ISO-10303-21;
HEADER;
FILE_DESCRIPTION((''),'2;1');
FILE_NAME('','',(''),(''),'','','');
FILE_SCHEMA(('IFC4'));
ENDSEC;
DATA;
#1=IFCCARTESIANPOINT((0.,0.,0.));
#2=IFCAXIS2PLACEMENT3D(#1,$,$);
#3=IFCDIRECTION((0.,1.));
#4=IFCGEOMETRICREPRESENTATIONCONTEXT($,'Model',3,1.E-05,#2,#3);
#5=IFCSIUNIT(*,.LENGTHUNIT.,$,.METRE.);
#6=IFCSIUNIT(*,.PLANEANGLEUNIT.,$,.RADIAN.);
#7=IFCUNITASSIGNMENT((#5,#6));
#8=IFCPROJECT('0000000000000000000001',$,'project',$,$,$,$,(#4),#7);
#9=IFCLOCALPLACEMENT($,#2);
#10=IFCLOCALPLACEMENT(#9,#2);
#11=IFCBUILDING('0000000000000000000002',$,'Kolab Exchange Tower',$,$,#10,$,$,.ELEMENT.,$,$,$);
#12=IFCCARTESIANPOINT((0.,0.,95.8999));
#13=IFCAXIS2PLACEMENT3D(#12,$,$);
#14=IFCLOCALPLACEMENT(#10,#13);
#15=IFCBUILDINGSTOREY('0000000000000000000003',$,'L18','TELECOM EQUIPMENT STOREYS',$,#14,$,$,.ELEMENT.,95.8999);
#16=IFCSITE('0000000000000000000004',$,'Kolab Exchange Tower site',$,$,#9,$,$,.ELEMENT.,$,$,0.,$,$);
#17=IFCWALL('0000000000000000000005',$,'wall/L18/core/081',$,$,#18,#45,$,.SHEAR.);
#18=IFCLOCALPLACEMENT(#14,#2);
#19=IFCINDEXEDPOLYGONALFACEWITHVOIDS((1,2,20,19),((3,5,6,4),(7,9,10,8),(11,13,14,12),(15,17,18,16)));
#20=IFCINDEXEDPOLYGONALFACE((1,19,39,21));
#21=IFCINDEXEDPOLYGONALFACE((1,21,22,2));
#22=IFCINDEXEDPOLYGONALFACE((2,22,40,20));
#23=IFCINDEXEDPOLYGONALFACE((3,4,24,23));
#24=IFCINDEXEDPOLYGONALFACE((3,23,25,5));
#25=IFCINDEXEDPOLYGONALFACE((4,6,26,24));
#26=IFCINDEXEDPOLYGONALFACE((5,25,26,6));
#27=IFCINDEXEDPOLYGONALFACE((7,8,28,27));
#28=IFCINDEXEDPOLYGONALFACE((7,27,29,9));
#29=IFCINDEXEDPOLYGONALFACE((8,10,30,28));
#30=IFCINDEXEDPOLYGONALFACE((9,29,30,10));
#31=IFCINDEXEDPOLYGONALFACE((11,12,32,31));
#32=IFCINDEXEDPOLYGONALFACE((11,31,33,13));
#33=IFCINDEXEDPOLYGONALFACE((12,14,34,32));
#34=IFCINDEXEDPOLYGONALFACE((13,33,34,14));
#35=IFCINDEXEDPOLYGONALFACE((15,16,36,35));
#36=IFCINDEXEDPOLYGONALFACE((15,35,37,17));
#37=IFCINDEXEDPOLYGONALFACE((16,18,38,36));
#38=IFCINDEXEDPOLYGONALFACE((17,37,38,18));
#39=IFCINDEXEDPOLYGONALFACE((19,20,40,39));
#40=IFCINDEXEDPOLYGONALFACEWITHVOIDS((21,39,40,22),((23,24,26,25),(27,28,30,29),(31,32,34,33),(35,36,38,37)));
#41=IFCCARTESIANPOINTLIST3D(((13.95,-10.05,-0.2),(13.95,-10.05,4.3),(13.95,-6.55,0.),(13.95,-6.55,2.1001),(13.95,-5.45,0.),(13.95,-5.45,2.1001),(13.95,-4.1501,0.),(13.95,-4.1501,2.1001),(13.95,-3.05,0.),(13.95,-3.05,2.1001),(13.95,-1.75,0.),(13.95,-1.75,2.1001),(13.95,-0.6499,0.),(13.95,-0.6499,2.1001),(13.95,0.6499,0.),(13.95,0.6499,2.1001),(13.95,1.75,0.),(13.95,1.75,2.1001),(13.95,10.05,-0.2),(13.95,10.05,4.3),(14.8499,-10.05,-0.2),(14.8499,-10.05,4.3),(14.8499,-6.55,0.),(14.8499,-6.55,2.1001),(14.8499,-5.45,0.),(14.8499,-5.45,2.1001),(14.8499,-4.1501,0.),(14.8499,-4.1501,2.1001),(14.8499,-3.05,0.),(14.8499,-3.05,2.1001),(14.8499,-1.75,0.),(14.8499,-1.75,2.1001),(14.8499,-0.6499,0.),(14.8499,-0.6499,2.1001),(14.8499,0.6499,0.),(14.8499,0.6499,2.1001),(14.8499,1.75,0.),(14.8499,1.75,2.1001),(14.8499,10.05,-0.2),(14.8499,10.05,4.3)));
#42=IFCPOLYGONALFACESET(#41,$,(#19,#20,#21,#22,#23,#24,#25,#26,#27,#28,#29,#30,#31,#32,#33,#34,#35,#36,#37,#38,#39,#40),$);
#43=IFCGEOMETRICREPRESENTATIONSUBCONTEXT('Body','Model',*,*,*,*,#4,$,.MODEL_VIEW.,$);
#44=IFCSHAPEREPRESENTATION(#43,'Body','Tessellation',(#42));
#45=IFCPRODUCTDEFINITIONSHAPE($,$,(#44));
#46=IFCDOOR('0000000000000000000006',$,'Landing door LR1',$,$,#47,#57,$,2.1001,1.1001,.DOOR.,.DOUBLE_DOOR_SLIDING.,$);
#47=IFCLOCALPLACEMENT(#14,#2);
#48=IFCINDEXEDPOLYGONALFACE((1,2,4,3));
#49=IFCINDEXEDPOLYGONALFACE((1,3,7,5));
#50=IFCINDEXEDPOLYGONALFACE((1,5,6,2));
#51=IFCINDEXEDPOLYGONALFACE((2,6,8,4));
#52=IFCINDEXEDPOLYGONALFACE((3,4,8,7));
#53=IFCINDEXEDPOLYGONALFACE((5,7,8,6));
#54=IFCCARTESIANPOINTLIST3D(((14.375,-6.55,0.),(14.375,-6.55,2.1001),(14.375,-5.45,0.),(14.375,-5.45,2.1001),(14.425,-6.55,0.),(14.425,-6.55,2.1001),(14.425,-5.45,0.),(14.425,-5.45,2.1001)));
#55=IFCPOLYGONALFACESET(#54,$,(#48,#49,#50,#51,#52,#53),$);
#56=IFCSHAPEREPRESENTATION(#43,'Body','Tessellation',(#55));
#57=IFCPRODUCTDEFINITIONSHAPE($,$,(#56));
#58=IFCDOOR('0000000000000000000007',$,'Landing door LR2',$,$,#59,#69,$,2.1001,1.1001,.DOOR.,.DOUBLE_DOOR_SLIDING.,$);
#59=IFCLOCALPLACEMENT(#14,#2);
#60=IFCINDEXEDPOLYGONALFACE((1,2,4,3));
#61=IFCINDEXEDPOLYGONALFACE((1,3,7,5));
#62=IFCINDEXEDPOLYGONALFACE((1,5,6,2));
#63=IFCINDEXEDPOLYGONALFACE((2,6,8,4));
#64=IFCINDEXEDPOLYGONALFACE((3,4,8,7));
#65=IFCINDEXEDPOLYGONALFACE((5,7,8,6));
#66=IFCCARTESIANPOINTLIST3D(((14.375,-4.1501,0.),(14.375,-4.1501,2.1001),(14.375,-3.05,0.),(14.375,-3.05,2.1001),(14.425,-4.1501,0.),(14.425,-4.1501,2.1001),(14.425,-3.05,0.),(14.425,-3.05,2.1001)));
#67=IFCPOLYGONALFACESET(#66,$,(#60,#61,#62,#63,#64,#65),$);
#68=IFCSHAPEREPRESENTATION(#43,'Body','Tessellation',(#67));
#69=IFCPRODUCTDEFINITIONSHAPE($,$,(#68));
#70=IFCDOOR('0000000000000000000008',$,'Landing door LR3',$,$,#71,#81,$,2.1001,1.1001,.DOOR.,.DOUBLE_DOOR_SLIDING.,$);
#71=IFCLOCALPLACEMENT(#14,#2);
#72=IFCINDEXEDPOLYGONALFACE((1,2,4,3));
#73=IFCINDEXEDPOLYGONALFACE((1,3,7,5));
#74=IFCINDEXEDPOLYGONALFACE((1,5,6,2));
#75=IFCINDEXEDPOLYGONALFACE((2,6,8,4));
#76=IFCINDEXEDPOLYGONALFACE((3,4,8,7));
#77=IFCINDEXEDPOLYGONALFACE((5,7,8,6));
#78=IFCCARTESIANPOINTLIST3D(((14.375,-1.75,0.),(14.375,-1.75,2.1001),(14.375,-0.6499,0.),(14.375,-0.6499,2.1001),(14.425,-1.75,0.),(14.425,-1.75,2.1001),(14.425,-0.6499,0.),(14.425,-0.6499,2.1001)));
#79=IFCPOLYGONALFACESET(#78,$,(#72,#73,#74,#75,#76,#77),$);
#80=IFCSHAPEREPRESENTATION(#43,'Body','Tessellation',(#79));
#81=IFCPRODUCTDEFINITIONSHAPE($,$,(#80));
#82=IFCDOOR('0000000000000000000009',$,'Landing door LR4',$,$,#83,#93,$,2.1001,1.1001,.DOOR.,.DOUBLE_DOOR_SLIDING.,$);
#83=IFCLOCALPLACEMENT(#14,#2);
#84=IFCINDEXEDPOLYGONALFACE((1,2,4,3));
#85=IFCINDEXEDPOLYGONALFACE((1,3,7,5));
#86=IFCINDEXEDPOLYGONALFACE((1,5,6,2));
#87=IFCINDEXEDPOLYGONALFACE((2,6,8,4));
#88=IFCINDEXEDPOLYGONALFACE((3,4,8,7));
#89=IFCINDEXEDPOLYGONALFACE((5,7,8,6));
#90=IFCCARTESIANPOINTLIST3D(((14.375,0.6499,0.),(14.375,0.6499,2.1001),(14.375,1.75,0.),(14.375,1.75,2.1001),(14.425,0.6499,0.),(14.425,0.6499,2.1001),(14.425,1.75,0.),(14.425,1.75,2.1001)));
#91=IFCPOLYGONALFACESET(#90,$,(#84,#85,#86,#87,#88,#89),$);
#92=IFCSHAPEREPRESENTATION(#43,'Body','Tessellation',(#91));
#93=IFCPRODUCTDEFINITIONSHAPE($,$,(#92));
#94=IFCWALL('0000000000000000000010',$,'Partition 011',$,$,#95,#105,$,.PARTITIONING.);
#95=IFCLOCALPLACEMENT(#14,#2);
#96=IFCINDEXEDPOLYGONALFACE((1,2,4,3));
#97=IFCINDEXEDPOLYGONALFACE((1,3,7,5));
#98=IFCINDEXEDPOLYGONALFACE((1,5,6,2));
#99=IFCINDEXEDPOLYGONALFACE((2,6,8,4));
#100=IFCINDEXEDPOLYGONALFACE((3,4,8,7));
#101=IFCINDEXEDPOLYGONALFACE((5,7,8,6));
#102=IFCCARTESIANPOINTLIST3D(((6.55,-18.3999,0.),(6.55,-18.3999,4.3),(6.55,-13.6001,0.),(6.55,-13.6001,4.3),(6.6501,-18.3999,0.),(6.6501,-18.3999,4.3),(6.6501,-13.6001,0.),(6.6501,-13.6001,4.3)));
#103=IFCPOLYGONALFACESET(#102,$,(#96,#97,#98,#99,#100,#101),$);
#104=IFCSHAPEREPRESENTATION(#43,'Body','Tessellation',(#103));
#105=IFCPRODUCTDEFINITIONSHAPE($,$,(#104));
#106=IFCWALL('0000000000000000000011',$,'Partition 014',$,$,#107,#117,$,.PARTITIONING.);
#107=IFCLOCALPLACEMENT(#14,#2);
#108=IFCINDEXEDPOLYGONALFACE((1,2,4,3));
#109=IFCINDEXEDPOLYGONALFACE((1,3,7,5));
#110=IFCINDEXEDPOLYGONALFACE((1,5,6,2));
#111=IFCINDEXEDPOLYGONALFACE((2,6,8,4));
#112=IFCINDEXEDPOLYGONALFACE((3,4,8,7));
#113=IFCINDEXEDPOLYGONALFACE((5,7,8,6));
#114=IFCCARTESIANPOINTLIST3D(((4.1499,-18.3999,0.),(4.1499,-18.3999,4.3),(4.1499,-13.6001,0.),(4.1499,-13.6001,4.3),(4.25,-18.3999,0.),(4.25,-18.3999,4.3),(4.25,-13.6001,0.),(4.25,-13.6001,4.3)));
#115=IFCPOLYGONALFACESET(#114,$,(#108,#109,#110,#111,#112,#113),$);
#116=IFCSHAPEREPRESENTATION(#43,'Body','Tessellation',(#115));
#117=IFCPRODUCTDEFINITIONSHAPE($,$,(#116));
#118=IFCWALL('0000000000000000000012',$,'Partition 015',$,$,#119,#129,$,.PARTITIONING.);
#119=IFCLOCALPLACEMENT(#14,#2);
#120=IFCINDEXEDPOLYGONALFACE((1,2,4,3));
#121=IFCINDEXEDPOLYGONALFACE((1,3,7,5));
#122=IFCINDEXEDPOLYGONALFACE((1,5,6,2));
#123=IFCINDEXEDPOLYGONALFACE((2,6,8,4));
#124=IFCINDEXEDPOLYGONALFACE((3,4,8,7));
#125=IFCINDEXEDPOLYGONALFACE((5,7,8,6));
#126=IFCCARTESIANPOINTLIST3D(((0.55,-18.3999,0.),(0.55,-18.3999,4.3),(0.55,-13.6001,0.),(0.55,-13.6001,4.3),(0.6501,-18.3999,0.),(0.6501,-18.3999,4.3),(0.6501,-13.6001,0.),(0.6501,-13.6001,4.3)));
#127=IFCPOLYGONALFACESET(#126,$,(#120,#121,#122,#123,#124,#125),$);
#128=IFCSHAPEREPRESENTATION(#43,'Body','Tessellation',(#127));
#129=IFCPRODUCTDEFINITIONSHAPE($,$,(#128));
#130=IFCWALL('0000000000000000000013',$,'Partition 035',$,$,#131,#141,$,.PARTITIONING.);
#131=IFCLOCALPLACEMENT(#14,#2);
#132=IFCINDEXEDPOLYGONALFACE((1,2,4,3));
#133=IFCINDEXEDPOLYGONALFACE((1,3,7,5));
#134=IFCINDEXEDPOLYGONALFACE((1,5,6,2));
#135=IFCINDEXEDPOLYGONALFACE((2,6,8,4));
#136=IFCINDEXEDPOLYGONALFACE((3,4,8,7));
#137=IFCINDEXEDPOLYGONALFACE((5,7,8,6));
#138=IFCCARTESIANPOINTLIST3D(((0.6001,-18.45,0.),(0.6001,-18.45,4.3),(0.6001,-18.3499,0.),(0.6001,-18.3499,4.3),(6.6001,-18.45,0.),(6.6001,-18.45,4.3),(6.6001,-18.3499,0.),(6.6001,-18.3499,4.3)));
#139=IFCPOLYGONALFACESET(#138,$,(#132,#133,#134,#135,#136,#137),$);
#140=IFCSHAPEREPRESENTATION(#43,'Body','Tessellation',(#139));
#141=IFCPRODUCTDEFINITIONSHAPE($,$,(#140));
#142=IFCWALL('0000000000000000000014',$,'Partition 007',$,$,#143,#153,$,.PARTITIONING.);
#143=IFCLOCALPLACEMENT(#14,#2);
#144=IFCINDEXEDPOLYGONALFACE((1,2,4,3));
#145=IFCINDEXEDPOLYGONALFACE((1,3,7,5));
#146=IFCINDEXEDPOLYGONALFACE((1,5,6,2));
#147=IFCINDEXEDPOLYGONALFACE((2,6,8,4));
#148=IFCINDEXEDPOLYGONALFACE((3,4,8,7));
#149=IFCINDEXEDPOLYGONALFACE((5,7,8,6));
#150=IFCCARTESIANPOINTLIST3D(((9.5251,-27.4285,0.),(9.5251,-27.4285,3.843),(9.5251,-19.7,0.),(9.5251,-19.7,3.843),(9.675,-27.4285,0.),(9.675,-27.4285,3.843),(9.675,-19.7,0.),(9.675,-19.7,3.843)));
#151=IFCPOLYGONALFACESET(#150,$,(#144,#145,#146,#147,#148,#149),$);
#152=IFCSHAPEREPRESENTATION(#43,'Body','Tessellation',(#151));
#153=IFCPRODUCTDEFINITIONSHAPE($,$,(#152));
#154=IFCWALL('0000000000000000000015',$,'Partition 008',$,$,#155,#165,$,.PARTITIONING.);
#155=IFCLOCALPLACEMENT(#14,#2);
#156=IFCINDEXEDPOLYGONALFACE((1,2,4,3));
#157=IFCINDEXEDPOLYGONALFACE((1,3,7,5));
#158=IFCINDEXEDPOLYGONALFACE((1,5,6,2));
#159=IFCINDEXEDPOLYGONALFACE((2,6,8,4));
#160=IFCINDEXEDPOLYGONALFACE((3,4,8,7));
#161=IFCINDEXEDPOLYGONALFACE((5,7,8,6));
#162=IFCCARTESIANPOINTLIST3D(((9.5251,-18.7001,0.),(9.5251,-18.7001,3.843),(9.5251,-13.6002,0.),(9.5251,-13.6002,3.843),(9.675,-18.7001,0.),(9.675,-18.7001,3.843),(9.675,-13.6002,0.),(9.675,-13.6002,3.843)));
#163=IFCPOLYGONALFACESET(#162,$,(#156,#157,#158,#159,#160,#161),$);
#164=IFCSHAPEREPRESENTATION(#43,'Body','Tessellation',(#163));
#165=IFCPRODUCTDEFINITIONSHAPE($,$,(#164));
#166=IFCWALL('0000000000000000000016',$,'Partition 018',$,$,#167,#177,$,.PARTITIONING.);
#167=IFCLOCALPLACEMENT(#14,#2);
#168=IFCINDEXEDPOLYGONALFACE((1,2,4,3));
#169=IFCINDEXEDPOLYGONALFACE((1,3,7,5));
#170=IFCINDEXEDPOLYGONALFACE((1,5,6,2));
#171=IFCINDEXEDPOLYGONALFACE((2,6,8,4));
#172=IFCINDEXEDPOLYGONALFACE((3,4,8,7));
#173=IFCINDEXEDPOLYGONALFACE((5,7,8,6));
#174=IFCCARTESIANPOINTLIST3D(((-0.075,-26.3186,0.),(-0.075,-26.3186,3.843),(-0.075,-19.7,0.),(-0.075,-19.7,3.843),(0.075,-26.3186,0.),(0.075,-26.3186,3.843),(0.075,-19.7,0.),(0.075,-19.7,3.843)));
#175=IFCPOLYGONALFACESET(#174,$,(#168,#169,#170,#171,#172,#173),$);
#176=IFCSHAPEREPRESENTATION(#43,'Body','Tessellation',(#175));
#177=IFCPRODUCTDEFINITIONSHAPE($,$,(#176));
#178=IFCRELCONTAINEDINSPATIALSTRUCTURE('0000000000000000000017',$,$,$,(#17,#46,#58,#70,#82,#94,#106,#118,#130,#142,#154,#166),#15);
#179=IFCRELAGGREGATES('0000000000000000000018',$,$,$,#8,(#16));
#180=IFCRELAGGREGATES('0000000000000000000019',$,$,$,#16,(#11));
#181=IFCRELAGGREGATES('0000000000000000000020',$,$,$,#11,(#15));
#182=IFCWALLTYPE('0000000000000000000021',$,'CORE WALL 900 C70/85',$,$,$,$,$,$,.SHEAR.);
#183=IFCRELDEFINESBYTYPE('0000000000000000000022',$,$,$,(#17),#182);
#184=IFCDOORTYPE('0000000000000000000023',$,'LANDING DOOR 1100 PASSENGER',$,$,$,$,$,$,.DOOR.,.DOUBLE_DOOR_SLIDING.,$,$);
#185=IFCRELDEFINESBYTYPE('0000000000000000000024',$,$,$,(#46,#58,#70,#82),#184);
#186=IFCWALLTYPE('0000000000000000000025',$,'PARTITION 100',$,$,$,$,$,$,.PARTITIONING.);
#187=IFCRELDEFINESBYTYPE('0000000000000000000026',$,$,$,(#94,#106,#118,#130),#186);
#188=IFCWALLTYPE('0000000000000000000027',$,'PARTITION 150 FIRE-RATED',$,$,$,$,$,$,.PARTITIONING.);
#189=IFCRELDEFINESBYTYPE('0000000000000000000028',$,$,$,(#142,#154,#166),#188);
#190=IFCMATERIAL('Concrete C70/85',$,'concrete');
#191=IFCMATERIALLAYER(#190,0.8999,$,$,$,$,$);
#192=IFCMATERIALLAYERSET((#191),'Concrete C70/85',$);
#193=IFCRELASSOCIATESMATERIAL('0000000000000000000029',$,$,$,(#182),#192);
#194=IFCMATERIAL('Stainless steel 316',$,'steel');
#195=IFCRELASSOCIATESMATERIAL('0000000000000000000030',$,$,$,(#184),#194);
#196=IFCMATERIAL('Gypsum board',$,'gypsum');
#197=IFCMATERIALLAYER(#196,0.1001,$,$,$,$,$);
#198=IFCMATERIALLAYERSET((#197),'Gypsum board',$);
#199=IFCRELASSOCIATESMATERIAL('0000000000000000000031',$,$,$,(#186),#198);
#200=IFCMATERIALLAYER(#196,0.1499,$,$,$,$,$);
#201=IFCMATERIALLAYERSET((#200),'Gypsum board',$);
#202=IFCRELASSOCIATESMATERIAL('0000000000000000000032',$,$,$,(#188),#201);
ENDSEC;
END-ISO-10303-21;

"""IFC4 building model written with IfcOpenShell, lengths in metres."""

from ifc_helpers import new_model, si_unit, direction, frame, frame_2d, origin, place, context, subcontext, project, spatial, rectangle, extrude, material, layer, layer_set, type_object, element, fill, save


model = new_model("IFC4")

# Units and contexts
model_context = context("Model", 3, precision=1e-05, world=origin(), true_north=direction((0.0, 1.0)))
body_context = subcontext(model_context, "Body", "Model", "MODEL_VIEW")
ifc_project = project(units=[si_unit("LENGTHUNIT", "METRE"), si_unit("PLANEANGLEUNIT", "RADIAN")], contexts=[model_context])

# Site, building, storey
site_placement = place(None, origin())
site = spatial("IfcSite", under=ifc_project, at=site_placement, Name="Kolab Exchange Tower site", CompositionType="ELEMENT", RefElevation=0.0)
building_placement = place(site_placement, origin())
building = spatial("IfcBuilding", under=site, at=building_placement, Name="Kolab Exchange Tower", CompositionType="ELEMENT")
storey_placement = place(building_placement, frame((0.0, 0.0, 95.8999)))
storey = spatial("IfcBuildingStorey", under=building, at=storey_placement, Name="L18", Description="TELECOM EQUIPMENT STOREYS", CompositionType="ELEMENT", Elevation=95.8999)

# Shared definitions
ifc_material_1 = material(Name="Concrete C70/85", Category="concrete")

# Shared definitions
ifc_layer_1 = layer(ifc_material_1, 0.8999)
ifc_layer_set_1 = layer_set([ifc_layer_1], Name="Concrete C70/85")
wall_type_1 = type_object("IfcWallType", Name="CORE WALL 900 C70/85", PredefinedType="SHEAR", material=ifc_layer_set_1)

# Wall, openings, doors
wall_1_placement = place(storey_placement, frame((14.3999, -10.05, -0.2), z_axis=(0.0, 0.0, 1.0), x_axis=(0.0, 1.0, 0.0)))
wall_1 = element("IfcWall", 1, at=wall_1_placement, inside=storey, type_object=wall_type_1, Name="wall/L18/core/081", PredefinedType="SHEAR", context=body_context, shape_type="SweptSolid", body=[
    extrude(rectangle(XDim=20.1001, YDim=0.8999, at=frame_2d((10.05, 0.0))), origin(), (0.0, 0.0, 1.0), 4.5),
])
opening_1_placement = place(wall_1_placement, frame((3.5, 0.0, 0.2)))
opening_1 = element("IfcOpeningElement", 2, at=opening_1_placement, cuts=wall_1, PredefinedType="OPENING", context=body_context, shape_type="SweptSolid", body=[
    extrude(rectangle(XDim=1.1001, YDim=2.1001, at=frame_2d((0.55, 1.05))), frame((0.0, 0.46, 0.0), z_axis=(0.0, -1.0, 0.0), x_axis=(1.0, 0.0, 0.0)), (0.0, 0.0, 1.0), 0.9199),
])
opening_2_placement = place(wall_1_placement, frame((5.8999, 0.0, 0.2)))
opening_2 = element("IfcOpeningElement", 3, at=opening_2_placement, cuts=wall_1, PredefinedType="OPENING", context=body_context, shape_type="SweptSolid", body=[
    extrude(rectangle(XDim=1.1001, YDim=2.1001, at=frame_2d((0.55, 1.05))), frame((0.0, 0.46, 0.0), z_axis=(0.0, -1.0, 0.0), x_axis=(1.0, 0.0, 0.0)), (0.0, 0.0, 1.0), 0.9199),
])
opening_3_placement = place(wall_1_placement, frame((8.3, 0.0, 0.2)))
opening_3 = element("IfcOpeningElement", 4, at=opening_3_placement, cuts=wall_1, PredefinedType="OPENING", context=body_context, shape_type="SweptSolid", body=[
    extrude(rectangle(XDim=1.1001, YDim=2.1001, at=frame_2d((0.55, 1.05))), frame((0.0, 0.46, 0.0), z_axis=(0.0, -1.0, 0.0), x_axis=(1.0, 0.0, 0.0)), (0.0, 0.0, 1.0), 0.9199),
])
opening_4_placement = place(wall_1_placement, frame((10.7, 0.0, 0.2)))
opening_4 = element("IfcOpeningElement", 5, at=opening_4_placement, cuts=wall_1, PredefinedType="OPENING", context=body_context, shape_type="SweptSolid", body=[
    extrude(rectangle(XDim=1.1001, YDim=2.1001, at=frame_2d((0.55, 1.05))), frame((0.0, 0.46, 0.0), z_axis=(0.0, -1.0, 0.0), x_axis=(1.0, 0.0, 0.0)), (0.0, 0.0, 1.0), 0.9199),
])
ifc_material_2 = material(Name="Stainless steel 316", Category="steel")
door_type = type_object("IfcDoorType", Name="LANDING DOOR 1100 PASSENGER", OperationType="DOUBLE_DOOR_SLIDING", PredefinedType="DOOR", material=ifc_material_2)
door_1_placement = place(opening_1_placement, origin())
door_1 = element("IfcDoor", 6, at=door_1_placement, inside=storey, type_object=door_type, Name="Landing door LR1", OperationType="DOUBLE_DOOR_SLIDING", OverallHeight=2.1001, OverallWidth=1.1001, PredefinedType="DOOR", context=body_context, shape_type="SweptSolid", body=[
    extrude(rectangle(XDim=1.1001, YDim=2.1001, at=frame_2d((0.55, 1.05))), frame((0.0, 0.0249, 0.0), z_axis=(0.0, -1.0, 0.0), x_axis=(1.0, 0.0, 0.0)), (0.0, 0.0, 1.0), 0.05),
])
fill(opening_1, door_1)
door_2_placement = place(opening_2_placement, origin())
door_2 = element("IfcDoor", 7, at=door_2_placement, inside=storey, type_object=door_type, Name="Landing door LR2", OperationType="DOUBLE_DOOR_SLIDING", OverallHeight=2.1001, OverallWidth=1.1001, PredefinedType="DOOR", context=body_context, shape_type="SweptSolid", body=[
    extrude(rectangle(XDim=1.1001, YDim=2.1001, at=frame_2d((0.55, 1.05))), frame((0.0, 0.0249, 0.0), z_axis=(0.0, -1.0, 0.0), x_axis=(1.0, 0.0, 0.0)), (0.0, 0.0, 1.0), 0.05),
])
fill(opening_2, door_2)
door_3_placement = place(opening_3_placement, origin())
door_3 = element("IfcDoor", 8, at=door_3_placement, inside=storey, type_object=door_type, Name="Landing door LR3", OperationType="DOUBLE_DOOR_SLIDING", OverallHeight=2.1001, OverallWidth=1.1001, PredefinedType="DOOR", context=body_context, shape_type="SweptSolid", body=[
    extrude(rectangle(XDim=1.1001, YDim=2.1001, at=frame_2d((0.55, 1.05))), frame((0.0, 0.0249, 0.0), z_axis=(0.0, -1.0, 0.0), x_axis=(1.0, 0.0, 0.0)), (0.0, 0.0, 1.0), 0.05),
])
fill(opening_3, door_3)
door_4_placement = place(opening_4_placement, origin())
door_4 = element("IfcDoor", 9, at=door_4_placement, inside=storey, type_object=door_type, Name="Landing door LR4", OperationType="DOUBLE_DOOR_SLIDING", OverallHeight=2.1001, OverallWidth=1.1001, PredefinedType="DOOR", context=body_context, shape_type="SweptSolid", body=[
    extrude(rectangle(XDim=1.1001, YDim=2.1001, at=frame_2d((0.55, 1.05))), frame((0.0, 0.0249, 0.0), z_axis=(0.0, -1.0, 0.0), x_axis=(1.0, 0.0, 0.0)), (0.0, 0.0, 1.0), 0.05),
])
fill(opening_4, door_4)

# Walls
ifc_material_3 = material(Name="Gypsum board", Category="gypsum")
ifc_layer_2 = layer(ifc_material_3, 0.1001)
ifc_layer_set_2 = layer_set([ifc_layer_2], Name="Gypsum board")
wall_type_2 = type_object("IfcWallType", Name="PARTITION 100", PredefinedType="PARTITIONING", material=ifc_layer_set_2)
for number, where, z_axis, x_axis, name in (
    (10, (6.6001, -18.3999, 0.0), (0.0, 0.0, 1.0), (0.0, 1.0, 0.0), "Partition 011"),
    (11, (4.2, -18.3999, 0.0), (0.0, 0.0, 1.0), (0.0, 1.0, 0.0), "Partition 014"),
    (12, (0.6001, -18.3999, 0.0), (0.0, 0.0, 1.0), (0.0, 1.0, 0.0), "Partition 015"),
):
    element("IfcWall", number, at=place(storey_placement, frame(where, z_axis=z_axis, x_axis=x_axis)), inside=storey, type_object=wall_type_2, Name=name, PredefinedType="PARTITIONING", context=body_context, shape_type="SweptSolid", body=[
        extrude(rectangle(XDim=4.7998, YDim=0.1001, at=frame_2d((2.3999, 0.0))), origin(), (0.0, 0.0, 1.0), 4.3),
    ])
wall_2_placement = place(storey_placement, frame((0.6001, -18.3999, 0.0), z_axis=(0.0, 0.0, 1.0), x_axis=(1.0, 0.0, 0.0)))
element("IfcWall", 13, at=wall_2_placement, inside=storey, type_object=wall_type_2, Name="Partition 035", PredefinedType="PARTITIONING", context=body_context, shape_type="SweptSolid", body=[
    extrude(rectangle(XDim=6.0, YDim=0.1001, at=frame_2d((3.0, 0.0))), origin(), (0.0, 0.0, 1.0), 4.3),
])
ifc_layer_3 = layer(ifc_material_3, 0.1499)
ifc_layer_set_3 = layer_set([ifc_layer_3], Name="Gypsum board")
wall_type_3 = type_object("IfcWallType", Name="PARTITION 150 FIRE-RATED", PredefinedType="PARTITIONING", material=ifc_layer_set_3)
wall_3_placement = place(storey_placement, frame((9.6001, -27.4285, 0.0), z_axis=(0.0, 0.0, 1.0), x_axis=(0.0, 1.0, 0.0)))
element("IfcWall", 14, at=wall_3_placement, inside=storey, type_object=wall_type_3, Name="Partition 007", PredefinedType="PARTITIONING", context=body_context, shape_type="SweptSolid", body=[
    extrude(rectangle(XDim=7.7285, YDim=0.1499, at=frame_2d((3.8643, 0.0))), origin(), (0.0, 0.0, 1.0), 3.843),
])
wall_4_placement = place(storey_placement, frame((9.6001, -18.7, 0.0), z_axis=(0.0, 0.0, 1.0), x_axis=(0.0, 1.0, 0.0)))
element("IfcWall", 15, at=wall_4_placement, inside=storey, type_object=wall_type_3, Name="Partition 008", PredefinedType="PARTITIONING", context=body_context, shape_type="SweptSolid", body=[
    extrude(rectangle(XDim=5.0999, YDim=0.1499, at=frame_2d((2.5498, 0.0))), origin(), (0.0, 0.0, 1.0), 3.843),
])
wall_5_placement = place(storey_placement, frame((0.0, -26.3186, 0.0), z_axis=(0.0, 0.0, 1.0), x_axis=(0.0, 1.0, 0.0)))
element("IfcWall", 16, at=wall_5_placement, inside=storey, type_object=wall_type_3, Name="Partition 018", PredefinedType="PARTITIONING", context=body_context, shape_type="SweptSolid", body=[
    extrude(rectangle(XDim=6.6187, YDim=0.1499, at=frame_2d((3.3093, 0.0))), origin(), (0.0, 0.0, 1.0), 3.843),
])

save(model, "model.ifc")
